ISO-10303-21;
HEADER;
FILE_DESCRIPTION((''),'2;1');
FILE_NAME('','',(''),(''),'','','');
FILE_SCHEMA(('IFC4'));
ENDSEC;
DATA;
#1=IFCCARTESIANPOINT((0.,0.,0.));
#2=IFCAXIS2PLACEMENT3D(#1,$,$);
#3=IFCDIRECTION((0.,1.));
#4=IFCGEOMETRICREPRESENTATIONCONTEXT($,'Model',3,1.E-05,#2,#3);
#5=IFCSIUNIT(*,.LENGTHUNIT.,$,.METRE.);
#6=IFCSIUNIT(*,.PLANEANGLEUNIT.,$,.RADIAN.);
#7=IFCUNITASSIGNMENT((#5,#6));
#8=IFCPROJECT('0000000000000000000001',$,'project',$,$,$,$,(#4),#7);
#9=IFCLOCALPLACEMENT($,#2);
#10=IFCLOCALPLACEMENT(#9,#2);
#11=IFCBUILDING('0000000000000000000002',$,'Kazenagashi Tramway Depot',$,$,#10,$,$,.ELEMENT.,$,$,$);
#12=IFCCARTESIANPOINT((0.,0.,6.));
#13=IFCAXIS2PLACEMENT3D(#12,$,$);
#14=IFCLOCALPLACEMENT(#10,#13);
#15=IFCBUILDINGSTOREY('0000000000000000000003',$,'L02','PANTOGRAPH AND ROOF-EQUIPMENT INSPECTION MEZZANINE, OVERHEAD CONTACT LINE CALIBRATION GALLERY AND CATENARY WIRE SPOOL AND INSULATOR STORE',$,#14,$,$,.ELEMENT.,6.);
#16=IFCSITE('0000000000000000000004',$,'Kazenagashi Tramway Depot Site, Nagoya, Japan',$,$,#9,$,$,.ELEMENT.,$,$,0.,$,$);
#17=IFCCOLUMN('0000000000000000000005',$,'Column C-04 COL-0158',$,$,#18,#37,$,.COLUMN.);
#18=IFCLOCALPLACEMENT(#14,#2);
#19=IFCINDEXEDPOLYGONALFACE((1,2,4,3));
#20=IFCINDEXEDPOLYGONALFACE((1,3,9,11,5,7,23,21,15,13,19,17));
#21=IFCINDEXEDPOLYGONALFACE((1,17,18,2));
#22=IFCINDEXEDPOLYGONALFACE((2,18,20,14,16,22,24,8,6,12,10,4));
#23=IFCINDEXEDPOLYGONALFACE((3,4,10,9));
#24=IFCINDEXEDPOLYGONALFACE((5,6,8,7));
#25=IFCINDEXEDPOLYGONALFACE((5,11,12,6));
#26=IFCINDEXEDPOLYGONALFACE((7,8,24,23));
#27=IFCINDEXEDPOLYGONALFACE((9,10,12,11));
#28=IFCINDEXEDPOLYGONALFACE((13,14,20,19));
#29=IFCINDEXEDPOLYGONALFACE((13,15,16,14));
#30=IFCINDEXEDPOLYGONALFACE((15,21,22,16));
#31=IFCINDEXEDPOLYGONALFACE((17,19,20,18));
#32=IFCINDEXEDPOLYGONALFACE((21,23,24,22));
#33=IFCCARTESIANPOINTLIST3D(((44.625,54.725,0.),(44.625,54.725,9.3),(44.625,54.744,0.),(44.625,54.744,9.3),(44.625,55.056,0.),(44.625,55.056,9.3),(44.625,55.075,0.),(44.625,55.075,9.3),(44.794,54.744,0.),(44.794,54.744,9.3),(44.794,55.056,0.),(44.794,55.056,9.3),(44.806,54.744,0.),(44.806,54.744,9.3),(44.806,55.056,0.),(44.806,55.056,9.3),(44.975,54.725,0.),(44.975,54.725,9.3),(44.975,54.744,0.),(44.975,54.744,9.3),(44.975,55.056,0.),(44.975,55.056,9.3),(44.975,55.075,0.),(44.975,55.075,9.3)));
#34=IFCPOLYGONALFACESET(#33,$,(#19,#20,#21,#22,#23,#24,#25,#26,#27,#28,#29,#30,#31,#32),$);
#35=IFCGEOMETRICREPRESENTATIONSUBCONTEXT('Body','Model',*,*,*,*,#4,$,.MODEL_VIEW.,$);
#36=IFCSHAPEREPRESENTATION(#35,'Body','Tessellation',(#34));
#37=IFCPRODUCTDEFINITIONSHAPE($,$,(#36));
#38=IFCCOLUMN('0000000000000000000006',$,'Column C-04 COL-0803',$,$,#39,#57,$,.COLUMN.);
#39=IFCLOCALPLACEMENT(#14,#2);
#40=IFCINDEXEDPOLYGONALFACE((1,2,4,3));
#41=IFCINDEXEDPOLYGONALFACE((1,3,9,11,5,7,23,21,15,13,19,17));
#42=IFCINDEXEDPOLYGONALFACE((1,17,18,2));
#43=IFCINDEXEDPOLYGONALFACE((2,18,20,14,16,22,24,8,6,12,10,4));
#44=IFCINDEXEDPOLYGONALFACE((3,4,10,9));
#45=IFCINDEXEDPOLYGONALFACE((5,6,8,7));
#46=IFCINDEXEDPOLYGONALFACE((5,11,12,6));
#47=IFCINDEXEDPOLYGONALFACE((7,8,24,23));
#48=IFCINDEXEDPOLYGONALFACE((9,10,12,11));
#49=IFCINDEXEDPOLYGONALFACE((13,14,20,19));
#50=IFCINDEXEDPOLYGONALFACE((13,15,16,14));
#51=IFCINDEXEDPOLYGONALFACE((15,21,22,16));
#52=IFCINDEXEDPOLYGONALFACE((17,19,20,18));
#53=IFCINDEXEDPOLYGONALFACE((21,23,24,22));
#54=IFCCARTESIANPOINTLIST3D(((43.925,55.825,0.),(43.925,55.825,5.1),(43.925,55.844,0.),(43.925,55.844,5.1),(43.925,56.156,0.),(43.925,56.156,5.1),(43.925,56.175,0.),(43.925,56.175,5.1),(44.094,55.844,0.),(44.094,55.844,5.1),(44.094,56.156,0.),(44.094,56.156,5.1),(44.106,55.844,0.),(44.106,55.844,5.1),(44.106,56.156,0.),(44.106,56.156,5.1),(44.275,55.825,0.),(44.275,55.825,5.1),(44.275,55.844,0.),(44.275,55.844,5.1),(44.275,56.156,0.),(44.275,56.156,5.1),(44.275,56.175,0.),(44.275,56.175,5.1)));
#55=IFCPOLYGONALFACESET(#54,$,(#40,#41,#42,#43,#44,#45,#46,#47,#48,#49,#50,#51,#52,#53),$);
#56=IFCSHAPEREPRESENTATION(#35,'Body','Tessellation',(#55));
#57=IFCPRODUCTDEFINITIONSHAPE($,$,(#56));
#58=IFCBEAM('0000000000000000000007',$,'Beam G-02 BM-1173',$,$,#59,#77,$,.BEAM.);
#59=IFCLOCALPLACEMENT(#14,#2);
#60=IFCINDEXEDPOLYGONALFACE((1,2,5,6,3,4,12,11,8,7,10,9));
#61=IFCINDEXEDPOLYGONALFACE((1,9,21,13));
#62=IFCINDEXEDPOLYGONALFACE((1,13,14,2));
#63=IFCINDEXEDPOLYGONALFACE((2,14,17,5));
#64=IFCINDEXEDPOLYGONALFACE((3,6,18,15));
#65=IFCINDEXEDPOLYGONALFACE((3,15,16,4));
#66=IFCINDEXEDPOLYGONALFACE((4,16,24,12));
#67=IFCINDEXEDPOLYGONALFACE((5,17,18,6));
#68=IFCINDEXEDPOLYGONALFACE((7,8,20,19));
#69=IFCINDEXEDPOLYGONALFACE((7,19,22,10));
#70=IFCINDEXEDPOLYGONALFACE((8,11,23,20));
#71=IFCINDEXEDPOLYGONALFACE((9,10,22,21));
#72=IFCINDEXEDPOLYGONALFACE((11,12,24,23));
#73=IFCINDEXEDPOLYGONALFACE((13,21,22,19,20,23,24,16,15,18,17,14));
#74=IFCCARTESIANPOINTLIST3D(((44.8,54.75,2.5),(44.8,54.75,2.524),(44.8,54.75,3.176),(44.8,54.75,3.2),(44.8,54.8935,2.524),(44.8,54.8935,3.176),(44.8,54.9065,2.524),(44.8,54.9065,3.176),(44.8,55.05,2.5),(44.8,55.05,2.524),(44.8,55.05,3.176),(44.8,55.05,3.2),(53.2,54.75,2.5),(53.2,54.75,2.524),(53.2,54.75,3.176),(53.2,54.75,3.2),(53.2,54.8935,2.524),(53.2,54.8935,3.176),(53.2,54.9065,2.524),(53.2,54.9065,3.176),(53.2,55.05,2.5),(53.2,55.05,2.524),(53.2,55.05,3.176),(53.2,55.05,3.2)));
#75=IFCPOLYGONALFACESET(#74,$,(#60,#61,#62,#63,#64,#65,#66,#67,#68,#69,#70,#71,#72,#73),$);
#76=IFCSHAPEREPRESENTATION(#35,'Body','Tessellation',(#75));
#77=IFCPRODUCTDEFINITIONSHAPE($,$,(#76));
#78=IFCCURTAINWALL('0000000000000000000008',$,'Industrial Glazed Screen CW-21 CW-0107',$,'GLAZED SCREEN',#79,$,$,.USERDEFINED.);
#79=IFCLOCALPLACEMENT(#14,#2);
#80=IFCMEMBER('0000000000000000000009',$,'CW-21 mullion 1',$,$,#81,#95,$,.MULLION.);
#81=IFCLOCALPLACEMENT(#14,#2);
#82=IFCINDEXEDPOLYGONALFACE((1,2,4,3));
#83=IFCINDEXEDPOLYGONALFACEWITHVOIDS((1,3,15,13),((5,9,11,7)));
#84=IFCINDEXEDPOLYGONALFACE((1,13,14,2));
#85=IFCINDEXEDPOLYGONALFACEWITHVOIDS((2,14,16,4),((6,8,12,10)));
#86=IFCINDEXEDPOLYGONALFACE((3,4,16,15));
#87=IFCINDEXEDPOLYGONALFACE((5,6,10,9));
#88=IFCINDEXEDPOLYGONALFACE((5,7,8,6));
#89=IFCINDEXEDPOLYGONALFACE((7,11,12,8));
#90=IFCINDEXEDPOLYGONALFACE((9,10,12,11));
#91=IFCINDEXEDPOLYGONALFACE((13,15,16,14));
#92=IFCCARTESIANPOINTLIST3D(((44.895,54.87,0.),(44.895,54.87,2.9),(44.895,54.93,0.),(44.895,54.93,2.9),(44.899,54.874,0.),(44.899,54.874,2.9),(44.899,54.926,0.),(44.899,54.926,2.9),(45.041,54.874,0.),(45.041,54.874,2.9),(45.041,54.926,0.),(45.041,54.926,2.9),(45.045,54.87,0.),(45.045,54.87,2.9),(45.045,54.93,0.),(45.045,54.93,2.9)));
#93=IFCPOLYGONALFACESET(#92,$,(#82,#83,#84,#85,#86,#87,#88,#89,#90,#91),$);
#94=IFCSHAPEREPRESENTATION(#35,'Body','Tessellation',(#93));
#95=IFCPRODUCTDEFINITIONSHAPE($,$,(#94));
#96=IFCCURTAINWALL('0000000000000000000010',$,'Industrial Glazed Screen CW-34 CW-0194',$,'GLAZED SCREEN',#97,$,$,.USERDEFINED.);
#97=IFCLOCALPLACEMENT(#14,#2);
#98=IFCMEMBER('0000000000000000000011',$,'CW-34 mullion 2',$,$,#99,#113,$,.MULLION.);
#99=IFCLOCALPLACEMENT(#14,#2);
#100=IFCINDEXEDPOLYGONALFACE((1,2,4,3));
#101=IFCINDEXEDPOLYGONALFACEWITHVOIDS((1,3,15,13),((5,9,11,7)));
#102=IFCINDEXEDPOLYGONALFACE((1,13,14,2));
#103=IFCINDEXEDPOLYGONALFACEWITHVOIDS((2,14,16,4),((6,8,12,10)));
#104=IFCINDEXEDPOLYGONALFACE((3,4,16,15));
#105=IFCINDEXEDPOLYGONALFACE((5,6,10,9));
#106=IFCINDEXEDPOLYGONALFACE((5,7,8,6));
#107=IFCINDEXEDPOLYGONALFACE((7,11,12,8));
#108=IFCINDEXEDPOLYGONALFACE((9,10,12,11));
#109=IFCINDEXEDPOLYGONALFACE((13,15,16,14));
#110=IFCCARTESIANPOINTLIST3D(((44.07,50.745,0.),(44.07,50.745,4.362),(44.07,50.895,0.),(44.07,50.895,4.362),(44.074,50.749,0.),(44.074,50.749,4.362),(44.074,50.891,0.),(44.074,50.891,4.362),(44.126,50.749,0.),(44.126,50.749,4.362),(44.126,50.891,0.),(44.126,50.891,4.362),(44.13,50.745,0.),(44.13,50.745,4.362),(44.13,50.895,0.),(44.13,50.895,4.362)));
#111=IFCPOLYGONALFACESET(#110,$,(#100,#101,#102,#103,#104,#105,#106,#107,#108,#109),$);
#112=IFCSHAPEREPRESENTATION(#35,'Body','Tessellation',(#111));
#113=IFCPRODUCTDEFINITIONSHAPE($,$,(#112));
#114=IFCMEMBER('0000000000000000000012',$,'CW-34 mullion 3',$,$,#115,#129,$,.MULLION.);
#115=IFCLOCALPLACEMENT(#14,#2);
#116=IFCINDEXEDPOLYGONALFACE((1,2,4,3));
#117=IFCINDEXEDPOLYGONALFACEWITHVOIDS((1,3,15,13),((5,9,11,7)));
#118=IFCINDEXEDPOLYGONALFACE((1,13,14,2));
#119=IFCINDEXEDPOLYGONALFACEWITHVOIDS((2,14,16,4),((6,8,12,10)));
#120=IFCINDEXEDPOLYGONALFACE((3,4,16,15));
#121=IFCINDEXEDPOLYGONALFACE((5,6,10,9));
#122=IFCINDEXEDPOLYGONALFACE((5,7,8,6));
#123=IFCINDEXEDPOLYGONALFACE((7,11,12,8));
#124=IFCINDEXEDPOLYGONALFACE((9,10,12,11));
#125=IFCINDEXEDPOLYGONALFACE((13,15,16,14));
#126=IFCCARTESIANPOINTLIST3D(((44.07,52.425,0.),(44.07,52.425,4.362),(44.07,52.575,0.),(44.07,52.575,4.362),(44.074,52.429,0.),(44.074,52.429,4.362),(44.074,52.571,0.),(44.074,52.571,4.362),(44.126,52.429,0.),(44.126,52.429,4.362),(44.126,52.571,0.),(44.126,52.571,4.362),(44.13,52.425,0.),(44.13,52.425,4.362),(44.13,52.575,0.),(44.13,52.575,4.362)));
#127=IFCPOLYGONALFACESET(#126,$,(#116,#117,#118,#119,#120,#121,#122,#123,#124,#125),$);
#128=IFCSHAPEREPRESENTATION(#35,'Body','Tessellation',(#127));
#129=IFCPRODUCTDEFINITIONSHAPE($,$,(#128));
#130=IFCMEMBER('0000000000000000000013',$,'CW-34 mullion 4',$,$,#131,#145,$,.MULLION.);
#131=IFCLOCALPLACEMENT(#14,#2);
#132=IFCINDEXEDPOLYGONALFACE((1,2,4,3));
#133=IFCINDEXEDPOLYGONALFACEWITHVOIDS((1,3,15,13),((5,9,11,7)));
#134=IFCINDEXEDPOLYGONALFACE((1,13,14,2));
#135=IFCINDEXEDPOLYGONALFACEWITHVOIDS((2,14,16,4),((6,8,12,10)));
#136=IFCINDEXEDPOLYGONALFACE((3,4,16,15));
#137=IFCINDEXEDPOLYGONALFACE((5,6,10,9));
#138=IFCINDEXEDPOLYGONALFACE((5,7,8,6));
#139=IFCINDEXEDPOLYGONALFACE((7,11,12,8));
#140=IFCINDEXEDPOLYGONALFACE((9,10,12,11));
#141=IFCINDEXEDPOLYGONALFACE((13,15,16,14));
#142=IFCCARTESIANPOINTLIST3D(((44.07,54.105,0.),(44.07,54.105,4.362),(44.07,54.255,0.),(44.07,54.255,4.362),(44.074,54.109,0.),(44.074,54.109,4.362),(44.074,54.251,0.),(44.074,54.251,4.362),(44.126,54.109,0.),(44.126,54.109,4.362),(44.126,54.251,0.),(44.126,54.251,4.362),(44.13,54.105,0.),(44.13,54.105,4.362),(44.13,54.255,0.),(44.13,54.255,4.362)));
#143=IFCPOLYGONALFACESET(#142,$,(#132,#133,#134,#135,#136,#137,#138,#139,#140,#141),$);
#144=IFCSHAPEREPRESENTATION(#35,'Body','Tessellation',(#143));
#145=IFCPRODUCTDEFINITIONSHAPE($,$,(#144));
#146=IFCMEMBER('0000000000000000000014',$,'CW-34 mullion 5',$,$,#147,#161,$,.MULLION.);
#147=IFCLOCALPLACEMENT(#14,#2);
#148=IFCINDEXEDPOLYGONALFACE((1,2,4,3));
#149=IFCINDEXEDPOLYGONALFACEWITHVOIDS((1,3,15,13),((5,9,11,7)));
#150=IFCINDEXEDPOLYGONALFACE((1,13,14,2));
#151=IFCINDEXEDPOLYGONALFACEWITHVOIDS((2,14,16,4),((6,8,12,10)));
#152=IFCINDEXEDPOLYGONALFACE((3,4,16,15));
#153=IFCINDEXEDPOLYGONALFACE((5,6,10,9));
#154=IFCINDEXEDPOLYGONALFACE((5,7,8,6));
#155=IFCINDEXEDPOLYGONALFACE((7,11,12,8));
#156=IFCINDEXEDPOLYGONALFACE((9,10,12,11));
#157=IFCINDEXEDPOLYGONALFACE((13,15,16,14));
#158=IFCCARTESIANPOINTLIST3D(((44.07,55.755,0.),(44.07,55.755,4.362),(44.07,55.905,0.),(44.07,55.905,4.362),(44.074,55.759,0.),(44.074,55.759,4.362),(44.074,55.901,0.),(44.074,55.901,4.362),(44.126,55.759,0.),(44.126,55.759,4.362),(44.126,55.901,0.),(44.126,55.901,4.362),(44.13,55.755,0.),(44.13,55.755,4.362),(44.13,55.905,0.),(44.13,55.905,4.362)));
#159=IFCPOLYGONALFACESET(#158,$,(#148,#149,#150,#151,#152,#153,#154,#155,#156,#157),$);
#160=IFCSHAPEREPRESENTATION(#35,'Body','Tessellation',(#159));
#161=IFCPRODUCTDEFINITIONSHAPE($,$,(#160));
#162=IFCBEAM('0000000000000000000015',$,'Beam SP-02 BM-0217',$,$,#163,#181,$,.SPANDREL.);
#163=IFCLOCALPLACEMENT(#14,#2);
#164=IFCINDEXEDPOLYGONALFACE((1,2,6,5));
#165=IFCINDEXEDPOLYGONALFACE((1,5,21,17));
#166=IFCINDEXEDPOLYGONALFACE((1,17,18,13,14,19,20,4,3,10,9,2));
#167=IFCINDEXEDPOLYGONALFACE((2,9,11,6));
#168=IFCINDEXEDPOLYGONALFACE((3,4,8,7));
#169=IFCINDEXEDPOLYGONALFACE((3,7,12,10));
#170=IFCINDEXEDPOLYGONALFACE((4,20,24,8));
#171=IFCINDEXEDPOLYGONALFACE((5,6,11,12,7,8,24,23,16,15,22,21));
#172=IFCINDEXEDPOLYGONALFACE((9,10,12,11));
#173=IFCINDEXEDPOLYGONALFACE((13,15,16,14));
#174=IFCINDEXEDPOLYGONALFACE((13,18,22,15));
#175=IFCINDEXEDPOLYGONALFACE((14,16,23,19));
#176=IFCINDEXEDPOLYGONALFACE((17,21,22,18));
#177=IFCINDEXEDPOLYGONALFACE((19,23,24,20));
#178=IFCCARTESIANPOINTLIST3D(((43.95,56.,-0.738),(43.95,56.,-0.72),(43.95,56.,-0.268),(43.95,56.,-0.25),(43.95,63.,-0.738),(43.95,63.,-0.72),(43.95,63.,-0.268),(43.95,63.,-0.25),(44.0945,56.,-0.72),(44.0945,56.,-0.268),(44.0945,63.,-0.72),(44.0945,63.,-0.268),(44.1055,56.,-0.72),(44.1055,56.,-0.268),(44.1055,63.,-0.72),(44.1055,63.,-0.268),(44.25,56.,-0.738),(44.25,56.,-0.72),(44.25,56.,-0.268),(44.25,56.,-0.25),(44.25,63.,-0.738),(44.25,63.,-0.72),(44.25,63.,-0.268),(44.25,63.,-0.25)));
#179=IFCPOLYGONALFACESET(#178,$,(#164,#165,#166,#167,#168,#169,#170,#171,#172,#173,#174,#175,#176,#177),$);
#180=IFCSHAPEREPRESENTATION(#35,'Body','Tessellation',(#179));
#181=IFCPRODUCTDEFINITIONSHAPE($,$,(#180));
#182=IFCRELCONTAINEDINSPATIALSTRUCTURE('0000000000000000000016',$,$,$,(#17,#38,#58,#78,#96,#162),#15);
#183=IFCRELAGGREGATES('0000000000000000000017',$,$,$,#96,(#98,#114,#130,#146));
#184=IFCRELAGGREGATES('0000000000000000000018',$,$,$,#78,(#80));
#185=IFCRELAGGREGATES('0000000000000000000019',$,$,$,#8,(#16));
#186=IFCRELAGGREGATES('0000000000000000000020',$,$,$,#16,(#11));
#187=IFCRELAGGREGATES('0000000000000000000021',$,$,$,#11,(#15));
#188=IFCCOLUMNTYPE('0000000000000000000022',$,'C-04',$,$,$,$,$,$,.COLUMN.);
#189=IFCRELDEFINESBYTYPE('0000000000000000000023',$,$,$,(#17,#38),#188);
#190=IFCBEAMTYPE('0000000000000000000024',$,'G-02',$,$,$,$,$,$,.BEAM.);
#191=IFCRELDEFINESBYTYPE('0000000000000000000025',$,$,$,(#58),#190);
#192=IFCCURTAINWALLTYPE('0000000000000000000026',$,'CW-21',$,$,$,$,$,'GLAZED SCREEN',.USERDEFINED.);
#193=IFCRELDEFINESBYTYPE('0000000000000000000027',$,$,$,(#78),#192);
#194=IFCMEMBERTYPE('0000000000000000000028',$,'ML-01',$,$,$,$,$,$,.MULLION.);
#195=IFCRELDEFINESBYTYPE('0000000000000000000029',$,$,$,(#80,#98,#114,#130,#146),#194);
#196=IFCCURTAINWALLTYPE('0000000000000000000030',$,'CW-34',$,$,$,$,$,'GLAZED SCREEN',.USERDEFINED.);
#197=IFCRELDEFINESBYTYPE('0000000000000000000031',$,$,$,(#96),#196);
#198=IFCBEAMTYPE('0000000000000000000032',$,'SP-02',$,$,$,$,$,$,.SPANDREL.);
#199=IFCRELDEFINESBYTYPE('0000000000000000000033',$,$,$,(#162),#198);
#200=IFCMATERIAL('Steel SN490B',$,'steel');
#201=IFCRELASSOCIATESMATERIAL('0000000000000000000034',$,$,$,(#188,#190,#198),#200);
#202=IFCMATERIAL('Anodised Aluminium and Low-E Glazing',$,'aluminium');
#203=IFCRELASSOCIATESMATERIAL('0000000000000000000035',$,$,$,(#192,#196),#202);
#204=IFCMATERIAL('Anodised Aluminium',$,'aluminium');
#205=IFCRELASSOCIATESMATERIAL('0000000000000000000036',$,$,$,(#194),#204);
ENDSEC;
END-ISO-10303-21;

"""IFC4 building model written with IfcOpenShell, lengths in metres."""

from ifc_helpers import new_model, si_unit, direction, frame, origin, origin_2d, place, context, subcontext, project, spatial, hollow_rectangle, i_section, extrude, material, material_profile, profile_set, type_object, element, aggregate, save


model = new_model("IFC4")

# Units and contexts
model_context = context("Model", 3, precision=1e-05, world=origin(), true_north=direction((0.0, 1.0)))
body_context = subcontext(model_context, "Body", "Model", "MODEL_VIEW")
ifc_project = project(units=[si_unit("LENGTHUNIT", "METRE"), si_unit("PLANEANGLEUNIT", "RADIAN")], contexts=[model_context])

# Site, building, storey
site_placement = place(None, origin())
site = spatial("IfcSite", under=ifc_project, at=site_placement, Name="Kazenagashi Tramway Depot Site, Nagoya, Japan", CompositionType="ELEMENT", RefElevation=0.0)
building_placement = place(site_placement, origin())
building = spatial("IfcBuilding", under=site, at=building_placement, Name="Kazenagashi Tramway Depot", CompositionType="ELEMENT")
storey_placement = place(building_placement, frame((0.0, 0.0, 6.0)))
storey = spatial("IfcBuildingStorey", under=building, at=storey_placement, Name="L02", Description="PANTOGRAPH AND ROOF-EQUIPMENT INSPECTION MEZZANINE, OVERHEAD CONTACT LINE CALIBRATION GALLERY AND CATENARY WIRE SPOOL AND INSULATOR STORE", CompositionType="ELEMENT", Elevation=6.0)

# Columns
ifc_material_1 = material(Name="Steel SN490B", Category="steel")
ifc_material_profile_1 = material_profile(ifc_material_1, i_section(OverallWidth=0.35, OverallDepth=0.35, WebThickness=0.012, FlangeThickness=0.019, at=origin_2d()), Name="H-350x350x12x19")
ifc_profile_set_1 = profile_set([ifc_material_profile_1], Name="Steel SN490B")
column_type = type_object("IfcColumnType", Name="C-04", PredefinedType="COLUMN", material=ifc_profile_set_1)
column_1_placement = place(storey_placement, frame((44.8, 54.9, 0.0), z_axis=(0.0, 0.0, 1.0), x_axis=(1.0, 0.0, 0.0)))
element("IfcColumn", 1, at=column_1_placement, inside=storey, type_object=column_type, Name="Column C-04 COL-0158", PredefinedType="COLUMN", context=body_context, shape_type="SweptSolid", body=[
    extrude(i_section(OverallWidth=0.35, OverallDepth=0.35, WebThickness=0.012, FlangeThickness=0.019, at=origin_2d()), origin(), (0.0, 0.0, 1.0), 9.3),
])
column_2_placement = place(storey_placement, frame((44.1, 56.0, 0.0), z_axis=(0.0, 0.0, 1.0), x_axis=(1.0, 0.0, 0.0)))
element("IfcColumn", 2, at=column_2_placement, inside=storey, type_object=column_type, Name="Column C-04 COL-0803", PredefinedType="COLUMN", context=body_context, shape_type="SweptSolid", body=[
    extrude(i_section(OverallWidth=0.35, OverallDepth=0.35, WebThickness=0.012, FlangeThickness=0.019, at=origin_2d()), origin(), (0.0, 0.0, 1.0), 5.1),
])

# Beam
ifc_material_profile_2 = material_profile(ifc_material_1, i_section(OverallWidth=0.3, OverallDepth=0.7, WebThickness=0.013, FlangeThickness=0.024, at=origin_2d()), Name="H-700x300x13x24")
ifc_profile_set_2 = profile_set([ifc_material_profile_2], Name="Steel SN490B")
beam_type_1 = type_object("IfcBeamType", Name="G-02", PredefinedType="BEAM", material=ifc_profile_set_2)
beam_1_placement = place(storey_placement, frame((44.8, 54.9, 2.85), z_axis=(1.0, 0.0, 0.0), x_axis=(0.0, 1.0, 0.0)))
element("IfcBeam", 3, at=beam_1_placement, inside=storey, type_object=beam_type_1, Name="Beam G-02 BM-1173", PredefinedType="BEAM", context=body_context, shape_type="SweptSolid", body=[
    extrude(i_section(OverallWidth=0.3, OverallDepth=0.7, WebThickness=0.013, FlangeThickness=0.024, at=origin_2d()), origin(), (0.0, 0.0, 1.0), 8.4),
])

# Curtain wall, member
ifc_material_2 = material(Name="Anodised Aluminium and Low-E Glazing", Category="aluminium")
curtain_wall_type_1 = type_object("IfcCurtainWallType", Name="CW-21", ElementType="GLAZED SCREEN", PredefinedType="USERDEFINED", material=ifc_material_2)
curtain_wall_1_placement = place(storey_placement, origin())
curtain_wall_1 = element("IfcCurtainWall", 4, at=curtain_wall_1_placement, inside=storey, type_object=curtain_wall_type_1, Name="Industrial Glazed Screen CW-21 CW-0107", ObjectType="GLAZED SCREEN", PredefinedType="USERDEFINED")
ifc_material_3 = material(Name="Anodised Aluminium", Category="aluminium")
ifc_material_profile_3 = material_profile(ifc_material_3, hollow_rectangle(XDim=0.06, YDim=0.15, WallThickness=0.004, at=origin_2d()), Name="RHS-150x60x4")
ifc_profile_set_3 = profile_set([ifc_material_profile_3], Name="Anodised Aluminium")
member_type_1 = type_object("IfcMemberType", Name="ML-01", PredefinedType="MULLION", material=ifc_profile_set_3)
member_1_placement = place(storey_placement, frame((44.97, 54.9, 0.0), z_axis=(0.0, 0.0, 1.0), x_axis=(0.0, 1.0, 0.0)))
member_1 = element("IfcMember", 5, at=member_1_placement, type_object=member_type_1, Name="CW-21 mullion 1", PredefinedType="MULLION", context=body_context, shape_type="SweptSolid", body=[
    extrude(hollow_rectangle(XDim=0.06, YDim=0.15, WallThickness=0.004, at=origin_2d()), origin(), (0.0, 0.0, 1.0), 2.9),
])

# Curtain wall, members
curtain_wall_type_2 = type_object("IfcCurtainWallType", Name="CW-34", ElementType="GLAZED SCREEN", PredefinedType="USERDEFINED", material=ifc_material_2)
curtain_wall_2_placement = place(storey_placement, origin())
curtain_wall_2 = element("IfcCurtainWall", 6, at=curtain_wall_2_placement, inside=storey, type_object=curtain_wall_type_2, Name="Industrial Glazed Screen CW-34 CW-0194", ObjectType="GLAZED SCREEN", PredefinedType="USERDEFINED")
member_2_placement = place(storey_placement, frame((44.1, 50.82, 0.0), z_axis=(0.0, 0.0, 1.0), x_axis=(-1.0, 0.0, 0.0)))
member_2 = element("IfcMember", 7, at=member_2_placement, type_object=member_type_1, Name="CW-34 mullion 2", PredefinedType="MULLION", context=body_context, shape_type="SweptSolid", body=[
    extrude(hollow_rectangle(XDim=0.06, YDim=0.15, WallThickness=0.004, at=origin_2d()), origin(), (0.0, 0.0, 1.0), 4.362),
])
member_3_placement = place(storey_placement, frame((44.1, 52.5, 0.0), z_axis=(0.0, 0.0, 1.0), x_axis=(-1.0, 0.0, 0.0)))
member_3 = element("IfcMember", 8, at=member_3_placement, type_object=member_type_1, Name="CW-34 mullion 3", PredefinedType="MULLION", context=body_context, shape_type="SweptSolid", body=[
    extrude(hollow_rectangle(XDim=0.06, YDim=0.15, WallThickness=0.004, at=origin_2d()), origin(), (0.0, 0.0, 1.0), 4.362),
])
member_4_placement = place(storey_placement, frame((44.1, 54.18, 0.0), z_axis=(0.0, 0.0, 1.0), x_axis=(-1.0, 0.0, 0.0)))
member_4 = element("IfcMember", 9, at=member_4_placement, type_object=member_type_1, Name="CW-34 mullion 4", PredefinedType="MULLION", context=body_context, shape_type="SweptSolid", body=[
    extrude(hollow_rectangle(XDim=0.06, YDim=0.15, WallThickness=0.004, at=origin_2d()), origin(), (0.0, 0.0, 1.0), 4.362),
])
member_5_placement = place(storey_placement, frame((44.1, 55.83, 0.0), z_axis=(0.0, 0.0, 1.0), x_axis=(-1.0, 0.0, 0.0)))
member_5 = element("IfcMember", 10, at=member_5_placement, type_object=member_type_1, Name="CW-34 mullion 5", PredefinedType="MULLION", context=body_context, shape_type="SweptSolid", body=[
    extrude(hollow_rectangle(XDim=0.06, YDim=0.15, WallThickness=0.004, at=origin_2d()), origin(), (0.0, 0.0, 1.0), 4.362),
])

# Beam
ifc_material_profile_4 = material_profile(ifc_material_1, i_section(OverallWidth=0.3, OverallDepth=0.488, WebThickness=0.011, FlangeThickness=0.018, at=origin_2d()), Name="H-488x300x11x18")
ifc_profile_set_4 = profile_set([ifc_material_profile_4], Name="Steel SN490B")
beam_type_2 = type_object("IfcBeamType", Name="SP-02", PredefinedType="SPANDREL", material=ifc_profile_set_4)
beam_2_placement = place(storey_placement, frame((44.1, 56.0, -0.494), z_axis=(0.0, 1.0, 0.0), x_axis=(-1.0, 0.0, 0.0)))
element("IfcBeam", 11, at=beam_2_placement, inside=storey, type_object=beam_type_2, Name="Beam SP-02 BM-0217", PredefinedType="SPANDREL", context=body_context, shape_type="SweptSolid", body=[
    extrude(i_section(OverallWidth=0.3, OverallDepth=0.488, WebThickness=0.011, FlangeThickness=0.018, at=origin_2d()), origin(), (0.0, 0.0, 1.0), 7.0),
])

aggregate(curtain_wall_2, [member_2, member_3, member_4, member_5])
aggregate(curtain_wall_1, [member_1])

save(model, "model.ifc")
